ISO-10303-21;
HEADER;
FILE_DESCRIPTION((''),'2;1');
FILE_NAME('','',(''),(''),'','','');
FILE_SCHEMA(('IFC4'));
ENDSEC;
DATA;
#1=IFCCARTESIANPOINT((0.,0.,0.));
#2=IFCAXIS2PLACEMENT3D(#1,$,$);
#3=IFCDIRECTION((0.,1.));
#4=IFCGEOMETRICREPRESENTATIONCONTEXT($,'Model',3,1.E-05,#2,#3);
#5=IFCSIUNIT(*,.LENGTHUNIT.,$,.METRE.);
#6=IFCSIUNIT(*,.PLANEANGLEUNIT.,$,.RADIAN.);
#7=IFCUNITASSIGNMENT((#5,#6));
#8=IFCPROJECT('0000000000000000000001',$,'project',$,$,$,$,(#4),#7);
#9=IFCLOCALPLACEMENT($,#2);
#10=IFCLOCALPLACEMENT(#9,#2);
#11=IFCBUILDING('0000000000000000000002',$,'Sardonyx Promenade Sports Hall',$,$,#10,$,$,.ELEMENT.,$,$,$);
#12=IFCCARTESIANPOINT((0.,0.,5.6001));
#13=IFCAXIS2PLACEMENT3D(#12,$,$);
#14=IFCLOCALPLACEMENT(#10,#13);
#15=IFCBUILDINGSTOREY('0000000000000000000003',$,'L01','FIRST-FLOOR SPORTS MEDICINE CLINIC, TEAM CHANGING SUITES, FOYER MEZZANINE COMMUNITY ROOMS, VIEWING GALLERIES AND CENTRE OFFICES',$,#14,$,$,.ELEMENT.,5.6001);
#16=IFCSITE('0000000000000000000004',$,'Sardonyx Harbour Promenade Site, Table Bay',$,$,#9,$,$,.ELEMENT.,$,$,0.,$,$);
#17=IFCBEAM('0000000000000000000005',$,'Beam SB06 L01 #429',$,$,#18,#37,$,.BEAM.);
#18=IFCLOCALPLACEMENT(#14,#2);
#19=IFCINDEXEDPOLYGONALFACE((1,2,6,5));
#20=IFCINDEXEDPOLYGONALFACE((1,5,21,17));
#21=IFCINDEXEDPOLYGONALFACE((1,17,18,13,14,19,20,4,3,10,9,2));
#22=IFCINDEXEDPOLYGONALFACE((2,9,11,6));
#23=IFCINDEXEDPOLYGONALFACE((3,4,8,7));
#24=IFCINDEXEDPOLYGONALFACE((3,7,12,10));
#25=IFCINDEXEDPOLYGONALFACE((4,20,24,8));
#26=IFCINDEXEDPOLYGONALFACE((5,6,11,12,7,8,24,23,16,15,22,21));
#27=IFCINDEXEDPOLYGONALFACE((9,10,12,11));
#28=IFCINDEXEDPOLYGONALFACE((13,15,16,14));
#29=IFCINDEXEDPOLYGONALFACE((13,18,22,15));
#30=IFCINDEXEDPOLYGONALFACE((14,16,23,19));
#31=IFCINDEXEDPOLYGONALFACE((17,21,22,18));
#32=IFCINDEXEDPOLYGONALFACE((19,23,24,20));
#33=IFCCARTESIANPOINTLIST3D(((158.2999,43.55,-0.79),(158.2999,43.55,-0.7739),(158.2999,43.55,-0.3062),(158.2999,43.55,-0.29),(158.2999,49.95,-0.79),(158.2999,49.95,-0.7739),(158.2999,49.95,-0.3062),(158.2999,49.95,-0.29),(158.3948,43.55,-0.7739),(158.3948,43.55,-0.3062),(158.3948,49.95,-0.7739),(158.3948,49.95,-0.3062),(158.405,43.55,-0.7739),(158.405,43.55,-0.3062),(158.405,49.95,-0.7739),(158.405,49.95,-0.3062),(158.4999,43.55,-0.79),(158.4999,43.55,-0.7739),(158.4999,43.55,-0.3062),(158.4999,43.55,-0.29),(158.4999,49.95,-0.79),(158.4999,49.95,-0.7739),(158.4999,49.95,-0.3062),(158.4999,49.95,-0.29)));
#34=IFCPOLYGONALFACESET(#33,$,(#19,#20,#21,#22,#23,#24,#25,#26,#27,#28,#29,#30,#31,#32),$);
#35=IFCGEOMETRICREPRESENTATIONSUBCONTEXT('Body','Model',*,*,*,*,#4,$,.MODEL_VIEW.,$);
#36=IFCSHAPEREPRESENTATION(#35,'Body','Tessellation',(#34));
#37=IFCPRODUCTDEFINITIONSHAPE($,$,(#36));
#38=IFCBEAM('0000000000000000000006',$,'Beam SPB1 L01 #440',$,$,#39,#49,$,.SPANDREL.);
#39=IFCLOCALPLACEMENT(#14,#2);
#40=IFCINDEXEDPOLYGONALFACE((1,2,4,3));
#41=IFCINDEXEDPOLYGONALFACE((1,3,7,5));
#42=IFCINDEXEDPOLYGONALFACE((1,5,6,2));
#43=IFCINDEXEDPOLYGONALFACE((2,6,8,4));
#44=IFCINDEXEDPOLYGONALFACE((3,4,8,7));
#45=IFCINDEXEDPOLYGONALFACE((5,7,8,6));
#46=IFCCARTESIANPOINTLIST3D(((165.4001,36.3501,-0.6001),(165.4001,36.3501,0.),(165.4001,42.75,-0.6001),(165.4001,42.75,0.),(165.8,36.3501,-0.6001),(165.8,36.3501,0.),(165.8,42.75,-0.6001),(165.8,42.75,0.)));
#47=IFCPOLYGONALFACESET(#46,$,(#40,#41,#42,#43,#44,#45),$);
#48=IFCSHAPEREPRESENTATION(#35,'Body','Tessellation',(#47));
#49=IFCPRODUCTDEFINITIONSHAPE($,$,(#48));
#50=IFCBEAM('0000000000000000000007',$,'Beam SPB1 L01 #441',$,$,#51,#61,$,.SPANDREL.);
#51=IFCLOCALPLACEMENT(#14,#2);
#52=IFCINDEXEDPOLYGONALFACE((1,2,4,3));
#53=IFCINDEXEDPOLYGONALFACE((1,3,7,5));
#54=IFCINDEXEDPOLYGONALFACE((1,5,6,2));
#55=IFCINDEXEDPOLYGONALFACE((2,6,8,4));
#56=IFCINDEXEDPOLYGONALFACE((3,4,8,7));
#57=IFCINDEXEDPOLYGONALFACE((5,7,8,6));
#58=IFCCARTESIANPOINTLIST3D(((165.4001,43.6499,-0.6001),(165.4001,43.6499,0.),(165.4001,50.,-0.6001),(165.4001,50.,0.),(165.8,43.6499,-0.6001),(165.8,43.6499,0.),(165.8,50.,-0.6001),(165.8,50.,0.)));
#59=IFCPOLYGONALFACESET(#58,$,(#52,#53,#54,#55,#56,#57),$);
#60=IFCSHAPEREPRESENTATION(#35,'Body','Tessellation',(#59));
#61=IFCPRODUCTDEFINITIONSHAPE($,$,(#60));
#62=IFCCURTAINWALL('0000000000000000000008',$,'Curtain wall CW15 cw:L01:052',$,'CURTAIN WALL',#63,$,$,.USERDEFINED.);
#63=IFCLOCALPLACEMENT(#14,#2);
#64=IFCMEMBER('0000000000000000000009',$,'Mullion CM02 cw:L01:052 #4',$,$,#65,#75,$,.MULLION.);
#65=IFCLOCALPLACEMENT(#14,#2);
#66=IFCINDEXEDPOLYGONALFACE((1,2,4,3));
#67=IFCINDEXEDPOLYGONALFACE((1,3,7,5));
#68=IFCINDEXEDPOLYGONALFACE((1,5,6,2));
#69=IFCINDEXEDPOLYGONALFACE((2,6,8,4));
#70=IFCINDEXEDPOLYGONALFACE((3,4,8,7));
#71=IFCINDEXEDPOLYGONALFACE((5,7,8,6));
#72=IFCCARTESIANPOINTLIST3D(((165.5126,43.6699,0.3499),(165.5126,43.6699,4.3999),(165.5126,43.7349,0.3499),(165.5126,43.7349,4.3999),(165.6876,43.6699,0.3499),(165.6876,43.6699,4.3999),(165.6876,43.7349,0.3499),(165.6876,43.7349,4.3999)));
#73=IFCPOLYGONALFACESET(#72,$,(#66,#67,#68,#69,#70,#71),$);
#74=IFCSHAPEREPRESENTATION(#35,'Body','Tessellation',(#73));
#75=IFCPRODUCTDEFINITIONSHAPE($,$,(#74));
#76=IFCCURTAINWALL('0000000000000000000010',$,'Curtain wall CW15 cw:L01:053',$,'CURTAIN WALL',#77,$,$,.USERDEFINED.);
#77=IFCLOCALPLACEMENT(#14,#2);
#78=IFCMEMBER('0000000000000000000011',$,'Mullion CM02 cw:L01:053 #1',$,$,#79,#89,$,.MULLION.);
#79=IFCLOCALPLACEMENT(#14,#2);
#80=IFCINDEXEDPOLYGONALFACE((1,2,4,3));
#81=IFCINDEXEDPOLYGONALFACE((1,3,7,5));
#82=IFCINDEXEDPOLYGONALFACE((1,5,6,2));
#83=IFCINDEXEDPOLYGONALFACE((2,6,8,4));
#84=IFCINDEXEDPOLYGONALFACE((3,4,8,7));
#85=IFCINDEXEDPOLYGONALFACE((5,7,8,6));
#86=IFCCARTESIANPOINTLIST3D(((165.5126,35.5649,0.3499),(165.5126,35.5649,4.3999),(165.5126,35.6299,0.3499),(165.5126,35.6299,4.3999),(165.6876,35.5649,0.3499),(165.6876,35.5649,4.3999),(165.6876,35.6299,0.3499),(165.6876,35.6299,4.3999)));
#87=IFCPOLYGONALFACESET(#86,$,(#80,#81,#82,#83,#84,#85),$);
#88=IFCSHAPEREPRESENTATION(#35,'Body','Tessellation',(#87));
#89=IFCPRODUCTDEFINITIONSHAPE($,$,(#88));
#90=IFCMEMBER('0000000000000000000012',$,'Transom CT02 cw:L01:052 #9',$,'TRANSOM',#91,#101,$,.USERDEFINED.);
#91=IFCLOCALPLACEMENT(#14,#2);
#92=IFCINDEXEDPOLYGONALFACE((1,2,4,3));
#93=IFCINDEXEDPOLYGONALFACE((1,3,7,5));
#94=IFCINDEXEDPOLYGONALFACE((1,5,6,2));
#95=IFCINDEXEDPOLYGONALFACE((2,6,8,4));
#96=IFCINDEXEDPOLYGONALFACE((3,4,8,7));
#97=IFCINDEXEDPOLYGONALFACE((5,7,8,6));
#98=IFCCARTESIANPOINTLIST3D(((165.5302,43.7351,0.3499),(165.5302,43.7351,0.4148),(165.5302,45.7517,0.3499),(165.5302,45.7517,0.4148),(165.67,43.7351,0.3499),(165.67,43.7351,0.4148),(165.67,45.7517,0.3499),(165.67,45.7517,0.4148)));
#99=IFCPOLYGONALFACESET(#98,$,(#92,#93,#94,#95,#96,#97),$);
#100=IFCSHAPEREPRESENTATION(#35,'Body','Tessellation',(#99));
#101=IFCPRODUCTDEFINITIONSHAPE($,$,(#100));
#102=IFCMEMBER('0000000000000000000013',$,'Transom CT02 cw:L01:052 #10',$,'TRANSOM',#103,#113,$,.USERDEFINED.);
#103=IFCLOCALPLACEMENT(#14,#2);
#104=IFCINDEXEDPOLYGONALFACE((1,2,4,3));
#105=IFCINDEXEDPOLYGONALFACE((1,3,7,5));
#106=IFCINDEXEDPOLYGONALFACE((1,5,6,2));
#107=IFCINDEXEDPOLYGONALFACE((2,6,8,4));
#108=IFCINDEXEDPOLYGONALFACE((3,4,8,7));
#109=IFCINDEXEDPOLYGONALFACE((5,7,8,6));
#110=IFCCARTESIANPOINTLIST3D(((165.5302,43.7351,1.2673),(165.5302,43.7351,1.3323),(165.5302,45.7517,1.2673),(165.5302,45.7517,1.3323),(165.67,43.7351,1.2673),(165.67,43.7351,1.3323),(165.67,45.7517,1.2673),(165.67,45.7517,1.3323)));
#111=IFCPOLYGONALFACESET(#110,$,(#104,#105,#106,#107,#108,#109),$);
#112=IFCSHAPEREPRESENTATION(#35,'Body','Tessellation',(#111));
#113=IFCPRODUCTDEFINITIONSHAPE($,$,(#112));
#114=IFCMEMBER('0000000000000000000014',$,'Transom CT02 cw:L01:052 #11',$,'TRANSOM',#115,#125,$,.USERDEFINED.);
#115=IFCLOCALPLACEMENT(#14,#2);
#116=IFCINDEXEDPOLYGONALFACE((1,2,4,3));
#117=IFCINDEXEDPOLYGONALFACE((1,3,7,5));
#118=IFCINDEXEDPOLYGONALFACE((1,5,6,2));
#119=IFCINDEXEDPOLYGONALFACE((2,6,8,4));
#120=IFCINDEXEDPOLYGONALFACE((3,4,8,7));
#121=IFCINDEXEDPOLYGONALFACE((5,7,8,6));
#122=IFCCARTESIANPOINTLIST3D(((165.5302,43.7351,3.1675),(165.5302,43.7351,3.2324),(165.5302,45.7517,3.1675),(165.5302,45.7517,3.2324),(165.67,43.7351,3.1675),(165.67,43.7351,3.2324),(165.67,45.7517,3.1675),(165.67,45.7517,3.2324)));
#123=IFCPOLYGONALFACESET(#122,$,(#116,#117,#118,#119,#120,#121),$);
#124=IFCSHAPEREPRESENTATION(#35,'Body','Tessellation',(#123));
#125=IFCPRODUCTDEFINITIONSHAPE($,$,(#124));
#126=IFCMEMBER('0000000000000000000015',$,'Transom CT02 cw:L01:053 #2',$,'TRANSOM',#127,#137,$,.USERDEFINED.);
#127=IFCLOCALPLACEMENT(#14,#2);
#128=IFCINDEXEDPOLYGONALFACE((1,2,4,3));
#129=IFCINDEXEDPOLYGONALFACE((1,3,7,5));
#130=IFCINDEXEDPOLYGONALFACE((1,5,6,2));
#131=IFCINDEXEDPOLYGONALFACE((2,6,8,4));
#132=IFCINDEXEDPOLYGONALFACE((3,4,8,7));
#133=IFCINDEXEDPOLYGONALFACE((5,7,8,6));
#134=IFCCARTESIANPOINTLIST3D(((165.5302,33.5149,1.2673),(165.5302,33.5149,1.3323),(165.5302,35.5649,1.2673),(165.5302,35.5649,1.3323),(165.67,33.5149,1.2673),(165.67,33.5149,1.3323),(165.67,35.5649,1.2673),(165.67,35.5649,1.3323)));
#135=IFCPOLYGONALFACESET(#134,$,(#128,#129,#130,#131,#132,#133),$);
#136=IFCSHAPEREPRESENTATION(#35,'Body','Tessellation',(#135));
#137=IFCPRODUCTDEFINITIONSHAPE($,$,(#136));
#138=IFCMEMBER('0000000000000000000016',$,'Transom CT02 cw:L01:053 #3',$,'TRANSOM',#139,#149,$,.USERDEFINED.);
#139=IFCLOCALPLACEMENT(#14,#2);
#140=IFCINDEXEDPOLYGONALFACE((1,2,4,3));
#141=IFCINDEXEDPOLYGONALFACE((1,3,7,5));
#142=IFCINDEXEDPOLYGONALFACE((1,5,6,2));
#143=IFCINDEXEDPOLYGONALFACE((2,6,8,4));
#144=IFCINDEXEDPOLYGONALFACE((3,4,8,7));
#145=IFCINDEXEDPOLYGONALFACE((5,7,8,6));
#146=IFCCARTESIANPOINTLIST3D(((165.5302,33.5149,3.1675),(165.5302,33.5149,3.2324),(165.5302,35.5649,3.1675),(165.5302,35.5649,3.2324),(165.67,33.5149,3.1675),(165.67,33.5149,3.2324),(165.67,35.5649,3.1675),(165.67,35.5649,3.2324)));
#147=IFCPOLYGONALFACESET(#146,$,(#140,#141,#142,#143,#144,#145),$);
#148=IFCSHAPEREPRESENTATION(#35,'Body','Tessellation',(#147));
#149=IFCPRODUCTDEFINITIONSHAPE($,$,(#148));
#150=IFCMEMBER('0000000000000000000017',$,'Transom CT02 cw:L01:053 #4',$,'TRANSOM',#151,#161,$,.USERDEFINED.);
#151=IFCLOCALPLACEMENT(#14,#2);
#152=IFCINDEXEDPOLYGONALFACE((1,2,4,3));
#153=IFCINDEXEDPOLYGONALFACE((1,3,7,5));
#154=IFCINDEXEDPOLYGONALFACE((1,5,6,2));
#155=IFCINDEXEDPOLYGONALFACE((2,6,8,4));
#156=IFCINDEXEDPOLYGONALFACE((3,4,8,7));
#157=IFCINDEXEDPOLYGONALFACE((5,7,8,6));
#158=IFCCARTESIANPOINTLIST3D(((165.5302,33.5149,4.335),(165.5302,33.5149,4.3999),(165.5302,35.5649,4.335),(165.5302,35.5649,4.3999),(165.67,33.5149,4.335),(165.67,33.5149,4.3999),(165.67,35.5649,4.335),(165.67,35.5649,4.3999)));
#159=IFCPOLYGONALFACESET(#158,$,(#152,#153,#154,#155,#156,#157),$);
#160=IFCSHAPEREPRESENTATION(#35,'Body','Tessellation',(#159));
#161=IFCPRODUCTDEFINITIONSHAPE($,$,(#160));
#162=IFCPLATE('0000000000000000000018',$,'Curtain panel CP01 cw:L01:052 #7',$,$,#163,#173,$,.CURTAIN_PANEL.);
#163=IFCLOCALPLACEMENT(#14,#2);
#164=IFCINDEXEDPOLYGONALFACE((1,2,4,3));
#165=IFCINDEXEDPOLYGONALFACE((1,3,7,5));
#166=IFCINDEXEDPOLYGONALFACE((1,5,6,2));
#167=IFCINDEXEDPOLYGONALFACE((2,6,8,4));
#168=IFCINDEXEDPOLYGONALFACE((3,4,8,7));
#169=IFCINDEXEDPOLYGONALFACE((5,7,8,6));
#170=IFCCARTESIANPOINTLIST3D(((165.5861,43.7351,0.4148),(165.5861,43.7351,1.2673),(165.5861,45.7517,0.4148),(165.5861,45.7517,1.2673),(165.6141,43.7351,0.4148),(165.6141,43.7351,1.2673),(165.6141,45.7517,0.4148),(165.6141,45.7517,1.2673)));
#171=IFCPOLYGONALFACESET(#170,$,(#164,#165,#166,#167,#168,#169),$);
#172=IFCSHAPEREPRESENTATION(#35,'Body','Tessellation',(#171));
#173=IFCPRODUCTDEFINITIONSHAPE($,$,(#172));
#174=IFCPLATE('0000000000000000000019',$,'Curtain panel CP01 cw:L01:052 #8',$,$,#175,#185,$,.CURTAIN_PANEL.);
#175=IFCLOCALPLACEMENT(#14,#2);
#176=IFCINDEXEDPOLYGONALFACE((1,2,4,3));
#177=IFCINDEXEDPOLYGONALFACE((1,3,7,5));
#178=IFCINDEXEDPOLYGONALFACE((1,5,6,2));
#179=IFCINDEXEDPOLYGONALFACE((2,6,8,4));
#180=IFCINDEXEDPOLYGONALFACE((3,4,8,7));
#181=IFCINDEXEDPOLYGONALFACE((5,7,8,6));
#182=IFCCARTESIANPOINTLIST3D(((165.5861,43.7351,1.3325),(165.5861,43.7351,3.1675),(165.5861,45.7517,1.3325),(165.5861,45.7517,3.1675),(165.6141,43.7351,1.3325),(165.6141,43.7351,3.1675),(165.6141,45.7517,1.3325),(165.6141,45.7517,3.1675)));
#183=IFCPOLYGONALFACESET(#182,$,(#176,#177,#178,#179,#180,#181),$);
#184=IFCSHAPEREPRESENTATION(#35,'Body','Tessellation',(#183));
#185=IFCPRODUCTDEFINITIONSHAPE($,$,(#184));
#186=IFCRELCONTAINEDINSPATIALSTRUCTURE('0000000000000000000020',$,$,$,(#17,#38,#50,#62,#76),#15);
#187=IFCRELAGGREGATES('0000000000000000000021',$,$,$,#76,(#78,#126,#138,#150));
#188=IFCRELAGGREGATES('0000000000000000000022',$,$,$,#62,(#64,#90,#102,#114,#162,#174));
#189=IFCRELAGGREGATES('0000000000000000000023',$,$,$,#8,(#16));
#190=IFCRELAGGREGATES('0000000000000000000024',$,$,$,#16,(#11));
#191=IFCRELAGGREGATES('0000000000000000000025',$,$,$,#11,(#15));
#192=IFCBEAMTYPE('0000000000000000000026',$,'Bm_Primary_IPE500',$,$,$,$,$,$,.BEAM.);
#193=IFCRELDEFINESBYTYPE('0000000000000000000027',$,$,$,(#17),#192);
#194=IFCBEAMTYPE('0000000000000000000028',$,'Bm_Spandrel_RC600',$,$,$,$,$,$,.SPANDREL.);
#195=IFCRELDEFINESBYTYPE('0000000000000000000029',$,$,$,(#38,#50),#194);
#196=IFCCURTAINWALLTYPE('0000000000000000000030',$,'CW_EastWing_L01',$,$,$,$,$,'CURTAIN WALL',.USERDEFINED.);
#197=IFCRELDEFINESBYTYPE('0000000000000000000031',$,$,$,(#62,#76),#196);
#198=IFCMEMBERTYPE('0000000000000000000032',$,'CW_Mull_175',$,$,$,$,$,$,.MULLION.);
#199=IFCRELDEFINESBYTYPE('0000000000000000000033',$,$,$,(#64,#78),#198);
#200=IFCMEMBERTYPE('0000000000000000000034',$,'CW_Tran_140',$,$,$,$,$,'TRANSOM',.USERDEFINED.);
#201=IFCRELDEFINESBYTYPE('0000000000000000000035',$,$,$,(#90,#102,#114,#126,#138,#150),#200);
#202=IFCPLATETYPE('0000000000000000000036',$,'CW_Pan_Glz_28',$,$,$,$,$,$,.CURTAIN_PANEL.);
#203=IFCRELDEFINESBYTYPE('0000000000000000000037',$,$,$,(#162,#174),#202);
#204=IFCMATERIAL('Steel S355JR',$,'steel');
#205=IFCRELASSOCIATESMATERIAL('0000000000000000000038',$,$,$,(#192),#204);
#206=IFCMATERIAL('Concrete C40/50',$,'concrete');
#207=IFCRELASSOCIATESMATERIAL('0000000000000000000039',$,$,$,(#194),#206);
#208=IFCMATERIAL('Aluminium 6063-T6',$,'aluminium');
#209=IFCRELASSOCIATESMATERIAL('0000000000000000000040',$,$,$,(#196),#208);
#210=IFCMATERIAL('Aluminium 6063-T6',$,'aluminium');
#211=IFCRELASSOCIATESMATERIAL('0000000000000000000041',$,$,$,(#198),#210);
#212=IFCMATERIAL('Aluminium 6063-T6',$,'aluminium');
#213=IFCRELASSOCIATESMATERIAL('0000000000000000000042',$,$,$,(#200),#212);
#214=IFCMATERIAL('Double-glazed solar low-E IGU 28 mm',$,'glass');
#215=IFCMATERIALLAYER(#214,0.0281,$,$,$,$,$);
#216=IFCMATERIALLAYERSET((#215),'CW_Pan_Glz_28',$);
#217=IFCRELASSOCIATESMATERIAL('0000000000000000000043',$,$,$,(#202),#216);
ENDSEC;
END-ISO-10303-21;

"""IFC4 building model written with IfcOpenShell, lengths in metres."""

from ifc_helpers import new_model, si_unit, direction, frame, origin, origin_2d, place, context, subcontext, project, spatial, rectangle, i_section, extrude, material, layer, layer_set, material_profile, profile_set, type_object, element, aggregate, save


model = new_model("IFC4")

# Units and contexts
model_context = context("Model", 3, precision=1e-05, world=origin(), true_north=direction((0.0, 1.0)))
body_context = subcontext(model_context, "Body", "Model", "MODEL_VIEW")
ifc_project = project(units=[si_unit("LENGTHUNIT", "METRE"), si_unit("PLANEANGLEUNIT", "RADIAN")], contexts=[model_context])

# Site, building, storey
site_placement = place(None, origin())
site = spatial("IfcSite", under=ifc_project, at=site_placement, Name="Sardonyx Harbour Promenade Site, Table Bay", CompositionType="ELEMENT", RefElevation=0.0)
building_placement = place(site_placement, origin())
building = spatial("IfcBuilding", under=site, at=building_placement, Name="Sardonyx Promenade Sports Hall", CompositionType="ELEMENT")
storey_placement = place(building_placement, frame((0.0, 0.0, 5.6001)))
storey = spatial("IfcBuildingStorey", under=building, at=storey_placement, Name="L01", Description="FIRST-FLOOR SPORTS MEDICINE CLINIC, TEAM CHANGING SUITES, FOYER MEZZANINE COMMUNITY ROOMS, VIEWING GALLERIES AND CENTRE OFFICES", CompositionType="ELEMENT", Elevation=5.6001)

# Beams
ifc_material_1 = material(Name="Steel S355JR", Category="steel")
ifc_material_profile_1 = material_profile(ifc_material_1, i_section(OverallWidth=0.2, OverallDepth=0.5, WebThickness=0.0103, FlangeThickness=0.0161, at=origin_2d()))
ifc_profile_set_1 = profile_set([ifc_material_profile_1], Name="Steel S355JR")
beam_type_1 = type_object("IfcBeamType", Name="Bm_Primary_IPE500", PredefinedType="BEAM", material=ifc_profile_set_1)
beam_1_placement = place(storey_placement, frame((158.3999, 43.55, -0.54), z_axis=(0.0, 1.0, 0.0), x_axis=(-1.0, 0.0, 0.0)))
element("IfcBeam", 1, at=beam_1_placement, inside=storey, type_object=beam_type_1, Name="Beam SB06 L01 #429", PredefinedType="BEAM", context=body_context, shape_type="SweptSolid", body=[
    extrude(i_section(OverallWidth=0.2, OverallDepth=0.5, WebThickness=0.0103, FlangeThickness=0.0161, at=origin_2d()), origin(), (0.0, 0.0, 1.0), 6.3999),
])
ifc_material_2 = material(Name="Concrete C40/50", Category="concrete")
ifc_material_profile_2 = material_profile(ifc_material_2, rectangle(XDim=0.3999, YDim=0.6001, at=origin_2d()))
ifc_profile_set_2 = profile_set([ifc_material_profile_2], Name="Concrete C40/50")
beam_type_2 = type_object("IfcBeamType", Name="Bm_Spandrel_RC600", PredefinedType="SPANDREL", material=ifc_profile_set_2)
beam_2_placement = place(storey_placement, frame((165.6001, 36.3501, -0.3), z_axis=(0.0, 1.0, 0.0), x_axis=(-1.0, 0.0, 0.0)))
element("IfcBeam", 2, at=beam_2_placement, inside=storey, type_object=beam_type_2, Name="Beam SPB1 L01 #440", PredefinedType="SPANDREL", context=body_context, shape_type="SweptSolid", body=[
    extrude(rectangle(XDim=0.3999, YDim=0.6001, at=origin_2d()), origin(), (0.0, 0.0, 1.0), 6.3999),
])
beam_3_placement = place(storey_placement, frame((165.6001, 43.6499, -0.3), z_axis=(0.0, 1.0, 0.0), x_axis=(-1.0, 0.0, 0.0)))
element("IfcBeam", 3, at=beam_3_placement, inside=storey, type_object=beam_type_2, Name="Beam SPB1 L01 #441", PredefinedType="SPANDREL", context=body_context, shape_type="SweptSolid", body=[
    extrude(rectangle(XDim=0.3999, YDim=0.6001, at=origin_2d()), origin(), (0.0, 0.0, 1.0), 6.3501),
])

# Curtain walls, members
ifc_material_3 = material(Name="Aluminium 6063-T6", Category="aluminium")
curtain_wall_type = type_object("IfcCurtainWallType", Name="CW_EastWing_L01", ElementType="CURTAIN WALL", PredefinedType="USERDEFINED", material=ifc_material_3)
curtain_wall_1_placement = place(storey_placement, origin())
curtain_wall_1 = element("IfcCurtainWall", 4, at=curtain_wall_1_placement, inside=storey, type_object=curtain_wall_type, Name="Curtain wall CW15 cw:L01:052", ObjectType="CURTAIN WALL", PredefinedType="USERDEFINED")
ifc_material_4 = material(Name="Aluminium 6063-T6", Category="aluminium")
ifc_material_profile_3 = material_profile(ifc_material_4, rectangle(XDim=0.0649, YDim=0.175, at=origin_2d()))
ifc_profile_set_3 = profile_set([ifc_material_profile_3], Name="Aluminium 6063-T6")
member_type_1 = type_object("IfcMemberType", Name="CW_Mull_175", PredefinedType="MULLION", material=ifc_profile_set_3)
member_1_placement = place(storey_placement, frame((165.6001, 43.7024, 0.3499), z_axis=(0.0, 0.0, 1.0), x_axis=(0.0, -1.0, 0.0)))
member_1 = element("IfcMember", 5, at=member_1_placement, type_object=member_type_1, Name="Mullion CM02 cw:L01:052 #4", PredefinedType="MULLION", context=body_context, shape_type="SweptSolid", body=[
    extrude(rectangle(XDim=0.0649, YDim=0.175, at=origin_2d()), origin(), (0.0, 0.0, 1.0), 4.05),
])
curtain_wall_2_placement = place(storey_placement, origin())
curtain_wall_2 = element("IfcCurtainWall", 6, at=curtain_wall_2_placement, inside=storey, type_object=curtain_wall_type, Name="Curtain wall CW15 cw:L01:053", ObjectType="CURTAIN WALL", PredefinedType="USERDEFINED")
member_2_placement = place(storey_placement, frame((165.6001, 35.5974, 0.3499), z_axis=(0.0, 0.0, 1.0), x_axis=(0.0, -1.0, 0.0)))
member_2 = element("IfcMember", 7, at=member_2_placement, type_object=member_type_1, Name="Mullion CM02 cw:L01:053 #1", PredefinedType="MULLION", context=body_context, shape_type="SweptSolid", body=[
    extrude(rectangle(XDim=0.0649, YDim=0.175, at=origin_2d()), origin(), (0.0, 0.0, 1.0), 4.05),
])

# Members
ifc_material_5 = material(Name="Aluminium 6063-T6", Category="aluminium")
ifc_material_profile_4 = material_profile(ifc_material_5, rectangle(XDim=0.0649, YDim=0.1399, at=origin_2d()))
ifc_profile_set_4 = profile_set([ifc_material_profile_4], Name="Aluminium 6063-T6")
member_type_2 = type_object("IfcMemberType", Name="CW_Tran_140", ElementType="TRANSOM", PredefinedType="USERDEFINED", material=ifc_profile_set_4)
member_3_placement = place(storey_placement, frame((165.6001, 45.7517, 0.3823), z_axis=(0.0, -1.0, 0.0), x_axis=(0.0, 0.0, 1.0)))
member_3 = element("IfcMember", 8, at=member_3_placement, type_object=member_type_2, Name="Transom CT02 cw:L01:052 #9", ObjectType="TRANSOM", PredefinedType="USERDEFINED", context=body_context, shape_type="SweptSolid", body=[
    extrude(rectangle(XDim=0.0649, YDim=0.1399, at=origin_2d()), origin(), (0.0, 0.0, 1.0), 2.0166),
])
member_4_placement = place(storey_placement, frame((165.6001, 45.7517, 1.2998), z_axis=(0.0, -1.0, 0.0), x_axis=(0.0, 0.0, 1.0)))
member_4 = element("IfcMember", 9, at=member_4_placement, type_object=member_type_2, Name="Transom CT02 cw:L01:052 #10", ObjectType="TRANSOM", PredefinedType="USERDEFINED", context=body_context, shape_type="SweptSolid", body=[
    extrude(rectangle(XDim=0.0649, YDim=0.1399, at=origin_2d()), origin(), (0.0, 0.0, 1.0), 2.0166),
])
member_5_placement = place(storey_placement, frame((165.6001, 45.7517, 3.2), z_axis=(0.0, -1.0, 0.0), x_axis=(0.0, 0.0, 1.0)))
member_5 = element("IfcMember", 10, at=member_5_placement, type_object=member_type_2, Name="Transom CT02 cw:L01:052 #11", ObjectType="TRANSOM", PredefinedType="USERDEFINED", context=body_context, shape_type="SweptSolid", body=[
    extrude(rectangle(XDim=0.0649, YDim=0.1399, at=origin_2d()), origin(), (0.0, 0.0, 1.0), 2.0166),
])
member_6_placement = place(storey_placement, frame((165.6001, 35.5649, 1.2998), z_axis=(0.0, -1.0, 0.0), x_axis=(0.0, 0.0, 1.0)))
member_6 = element("IfcMember", 11, at=member_6_placement, type_object=member_type_2, Name="Transom CT02 cw:L01:053 #2", ObjectType="TRANSOM", PredefinedType="USERDEFINED", context=body_context, shape_type="SweptSolid", body=[
    extrude(rectangle(XDim=0.0649, YDim=0.1399, at=origin_2d()), origin(), (0.0, 0.0, 1.0), 2.05),
])
member_7_placement = place(storey_placement, frame((165.6001, 35.5649, 3.2), z_axis=(0.0, -1.0, 0.0), x_axis=(0.0, 0.0, 1.0)))
member_7 = element("IfcMember", 12, at=member_7_placement, type_object=member_type_2, Name="Transom CT02 cw:L01:053 #3", ObjectType="TRANSOM", PredefinedType="USERDEFINED", context=body_context, shape_type="SweptSolid", body=[
    extrude(rectangle(XDim=0.0649, YDim=0.1399, at=origin_2d()), origin(), (0.0, 0.0, 1.0), 2.05),
])
member_8_placement = place(storey_placement, frame((165.6001, 35.5649, 4.3674), z_axis=(0.0, -1.0, 0.0), x_axis=(0.0, 0.0, 1.0)))
member_8 = element("IfcMember", 13, at=member_8_placement, type_object=member_type_2, Name="Transom CT02 cw:L01:053 #4", ObjectType="TRANSOM", PredefinedType="USERDEFINED", context=body_context, shape_type="SweptSolid", body=[
    extrude(rectangle(XDim=0.0649, YDim=0.1399, at=origin_2d()), origin(), (0.0, 0.0, 1.0), 2.05),
])
aggregate(curtain_wall_2, [member_2, member_6, member_7, member_8])

# Plates
ifc_material_6 = material(Name="Double-glazed solar low-E IGU 28 mm", Category="glass")
ifc_layer_1 = layer(ifc_material_6, 0.0281)
ifc_layer_set_1 = layer_set([ifc_layer_1], Name="CW_Pan_Glz_28")
plate_type = type_object("IfcPlateType", Name="CW_Pan_Glz_28", PredefinedType="CURTAIN_PANEL", material=ifc_layer_set_1)
plate_1_placement = place(storey_placement, frame((165.6001, 44.7434, 0.4148), z_axis=(0.0, 0.0, 1.0), x_axis=(0.0, -1.0, 0.0)))
plate_1 = element("IfcPlate", 14, at=plate_1_placement, type_object=plate_type, Name="Curtain panel CP01 cw:L01:052 #7", PredefinedType="CURTAIN_PANEL", context=body_context, shape_type="SweptSolid", body=[
    extrude(rectangle(XDim=2.0166, YDim=0.0281, at=origin_2d()), origin(), (0.0, 0.0, 1.0), 0.8525),
])
plate_2_placement = place(storey_placement, frame((165.6001, 44.7434, 1.3325), z_axis=(0.0, 0.0, 1.0), x_axis=(0.0, -1.0, 0.0)))
plate_2 = element("IfcPlate", 15, at=plate_2_placement, type_object=plate_type, Name="Curtain panel CP01 cw:L01:052 #8", PredefinedType="CURTAIN_PANEL", context=body_context, shape_type="SweptSolid", body=[
    extrude(rectangle(XDim=2.0166, YDim=0.0281, at=origin_2d()), origin(), (0.0, 0.0, 1.0), 1.835),
])
aggregate(curtain_wall_1, [member_1, member_3, member_4, member_5, plate_1, plate_2])

save(model, "model.ifc")
